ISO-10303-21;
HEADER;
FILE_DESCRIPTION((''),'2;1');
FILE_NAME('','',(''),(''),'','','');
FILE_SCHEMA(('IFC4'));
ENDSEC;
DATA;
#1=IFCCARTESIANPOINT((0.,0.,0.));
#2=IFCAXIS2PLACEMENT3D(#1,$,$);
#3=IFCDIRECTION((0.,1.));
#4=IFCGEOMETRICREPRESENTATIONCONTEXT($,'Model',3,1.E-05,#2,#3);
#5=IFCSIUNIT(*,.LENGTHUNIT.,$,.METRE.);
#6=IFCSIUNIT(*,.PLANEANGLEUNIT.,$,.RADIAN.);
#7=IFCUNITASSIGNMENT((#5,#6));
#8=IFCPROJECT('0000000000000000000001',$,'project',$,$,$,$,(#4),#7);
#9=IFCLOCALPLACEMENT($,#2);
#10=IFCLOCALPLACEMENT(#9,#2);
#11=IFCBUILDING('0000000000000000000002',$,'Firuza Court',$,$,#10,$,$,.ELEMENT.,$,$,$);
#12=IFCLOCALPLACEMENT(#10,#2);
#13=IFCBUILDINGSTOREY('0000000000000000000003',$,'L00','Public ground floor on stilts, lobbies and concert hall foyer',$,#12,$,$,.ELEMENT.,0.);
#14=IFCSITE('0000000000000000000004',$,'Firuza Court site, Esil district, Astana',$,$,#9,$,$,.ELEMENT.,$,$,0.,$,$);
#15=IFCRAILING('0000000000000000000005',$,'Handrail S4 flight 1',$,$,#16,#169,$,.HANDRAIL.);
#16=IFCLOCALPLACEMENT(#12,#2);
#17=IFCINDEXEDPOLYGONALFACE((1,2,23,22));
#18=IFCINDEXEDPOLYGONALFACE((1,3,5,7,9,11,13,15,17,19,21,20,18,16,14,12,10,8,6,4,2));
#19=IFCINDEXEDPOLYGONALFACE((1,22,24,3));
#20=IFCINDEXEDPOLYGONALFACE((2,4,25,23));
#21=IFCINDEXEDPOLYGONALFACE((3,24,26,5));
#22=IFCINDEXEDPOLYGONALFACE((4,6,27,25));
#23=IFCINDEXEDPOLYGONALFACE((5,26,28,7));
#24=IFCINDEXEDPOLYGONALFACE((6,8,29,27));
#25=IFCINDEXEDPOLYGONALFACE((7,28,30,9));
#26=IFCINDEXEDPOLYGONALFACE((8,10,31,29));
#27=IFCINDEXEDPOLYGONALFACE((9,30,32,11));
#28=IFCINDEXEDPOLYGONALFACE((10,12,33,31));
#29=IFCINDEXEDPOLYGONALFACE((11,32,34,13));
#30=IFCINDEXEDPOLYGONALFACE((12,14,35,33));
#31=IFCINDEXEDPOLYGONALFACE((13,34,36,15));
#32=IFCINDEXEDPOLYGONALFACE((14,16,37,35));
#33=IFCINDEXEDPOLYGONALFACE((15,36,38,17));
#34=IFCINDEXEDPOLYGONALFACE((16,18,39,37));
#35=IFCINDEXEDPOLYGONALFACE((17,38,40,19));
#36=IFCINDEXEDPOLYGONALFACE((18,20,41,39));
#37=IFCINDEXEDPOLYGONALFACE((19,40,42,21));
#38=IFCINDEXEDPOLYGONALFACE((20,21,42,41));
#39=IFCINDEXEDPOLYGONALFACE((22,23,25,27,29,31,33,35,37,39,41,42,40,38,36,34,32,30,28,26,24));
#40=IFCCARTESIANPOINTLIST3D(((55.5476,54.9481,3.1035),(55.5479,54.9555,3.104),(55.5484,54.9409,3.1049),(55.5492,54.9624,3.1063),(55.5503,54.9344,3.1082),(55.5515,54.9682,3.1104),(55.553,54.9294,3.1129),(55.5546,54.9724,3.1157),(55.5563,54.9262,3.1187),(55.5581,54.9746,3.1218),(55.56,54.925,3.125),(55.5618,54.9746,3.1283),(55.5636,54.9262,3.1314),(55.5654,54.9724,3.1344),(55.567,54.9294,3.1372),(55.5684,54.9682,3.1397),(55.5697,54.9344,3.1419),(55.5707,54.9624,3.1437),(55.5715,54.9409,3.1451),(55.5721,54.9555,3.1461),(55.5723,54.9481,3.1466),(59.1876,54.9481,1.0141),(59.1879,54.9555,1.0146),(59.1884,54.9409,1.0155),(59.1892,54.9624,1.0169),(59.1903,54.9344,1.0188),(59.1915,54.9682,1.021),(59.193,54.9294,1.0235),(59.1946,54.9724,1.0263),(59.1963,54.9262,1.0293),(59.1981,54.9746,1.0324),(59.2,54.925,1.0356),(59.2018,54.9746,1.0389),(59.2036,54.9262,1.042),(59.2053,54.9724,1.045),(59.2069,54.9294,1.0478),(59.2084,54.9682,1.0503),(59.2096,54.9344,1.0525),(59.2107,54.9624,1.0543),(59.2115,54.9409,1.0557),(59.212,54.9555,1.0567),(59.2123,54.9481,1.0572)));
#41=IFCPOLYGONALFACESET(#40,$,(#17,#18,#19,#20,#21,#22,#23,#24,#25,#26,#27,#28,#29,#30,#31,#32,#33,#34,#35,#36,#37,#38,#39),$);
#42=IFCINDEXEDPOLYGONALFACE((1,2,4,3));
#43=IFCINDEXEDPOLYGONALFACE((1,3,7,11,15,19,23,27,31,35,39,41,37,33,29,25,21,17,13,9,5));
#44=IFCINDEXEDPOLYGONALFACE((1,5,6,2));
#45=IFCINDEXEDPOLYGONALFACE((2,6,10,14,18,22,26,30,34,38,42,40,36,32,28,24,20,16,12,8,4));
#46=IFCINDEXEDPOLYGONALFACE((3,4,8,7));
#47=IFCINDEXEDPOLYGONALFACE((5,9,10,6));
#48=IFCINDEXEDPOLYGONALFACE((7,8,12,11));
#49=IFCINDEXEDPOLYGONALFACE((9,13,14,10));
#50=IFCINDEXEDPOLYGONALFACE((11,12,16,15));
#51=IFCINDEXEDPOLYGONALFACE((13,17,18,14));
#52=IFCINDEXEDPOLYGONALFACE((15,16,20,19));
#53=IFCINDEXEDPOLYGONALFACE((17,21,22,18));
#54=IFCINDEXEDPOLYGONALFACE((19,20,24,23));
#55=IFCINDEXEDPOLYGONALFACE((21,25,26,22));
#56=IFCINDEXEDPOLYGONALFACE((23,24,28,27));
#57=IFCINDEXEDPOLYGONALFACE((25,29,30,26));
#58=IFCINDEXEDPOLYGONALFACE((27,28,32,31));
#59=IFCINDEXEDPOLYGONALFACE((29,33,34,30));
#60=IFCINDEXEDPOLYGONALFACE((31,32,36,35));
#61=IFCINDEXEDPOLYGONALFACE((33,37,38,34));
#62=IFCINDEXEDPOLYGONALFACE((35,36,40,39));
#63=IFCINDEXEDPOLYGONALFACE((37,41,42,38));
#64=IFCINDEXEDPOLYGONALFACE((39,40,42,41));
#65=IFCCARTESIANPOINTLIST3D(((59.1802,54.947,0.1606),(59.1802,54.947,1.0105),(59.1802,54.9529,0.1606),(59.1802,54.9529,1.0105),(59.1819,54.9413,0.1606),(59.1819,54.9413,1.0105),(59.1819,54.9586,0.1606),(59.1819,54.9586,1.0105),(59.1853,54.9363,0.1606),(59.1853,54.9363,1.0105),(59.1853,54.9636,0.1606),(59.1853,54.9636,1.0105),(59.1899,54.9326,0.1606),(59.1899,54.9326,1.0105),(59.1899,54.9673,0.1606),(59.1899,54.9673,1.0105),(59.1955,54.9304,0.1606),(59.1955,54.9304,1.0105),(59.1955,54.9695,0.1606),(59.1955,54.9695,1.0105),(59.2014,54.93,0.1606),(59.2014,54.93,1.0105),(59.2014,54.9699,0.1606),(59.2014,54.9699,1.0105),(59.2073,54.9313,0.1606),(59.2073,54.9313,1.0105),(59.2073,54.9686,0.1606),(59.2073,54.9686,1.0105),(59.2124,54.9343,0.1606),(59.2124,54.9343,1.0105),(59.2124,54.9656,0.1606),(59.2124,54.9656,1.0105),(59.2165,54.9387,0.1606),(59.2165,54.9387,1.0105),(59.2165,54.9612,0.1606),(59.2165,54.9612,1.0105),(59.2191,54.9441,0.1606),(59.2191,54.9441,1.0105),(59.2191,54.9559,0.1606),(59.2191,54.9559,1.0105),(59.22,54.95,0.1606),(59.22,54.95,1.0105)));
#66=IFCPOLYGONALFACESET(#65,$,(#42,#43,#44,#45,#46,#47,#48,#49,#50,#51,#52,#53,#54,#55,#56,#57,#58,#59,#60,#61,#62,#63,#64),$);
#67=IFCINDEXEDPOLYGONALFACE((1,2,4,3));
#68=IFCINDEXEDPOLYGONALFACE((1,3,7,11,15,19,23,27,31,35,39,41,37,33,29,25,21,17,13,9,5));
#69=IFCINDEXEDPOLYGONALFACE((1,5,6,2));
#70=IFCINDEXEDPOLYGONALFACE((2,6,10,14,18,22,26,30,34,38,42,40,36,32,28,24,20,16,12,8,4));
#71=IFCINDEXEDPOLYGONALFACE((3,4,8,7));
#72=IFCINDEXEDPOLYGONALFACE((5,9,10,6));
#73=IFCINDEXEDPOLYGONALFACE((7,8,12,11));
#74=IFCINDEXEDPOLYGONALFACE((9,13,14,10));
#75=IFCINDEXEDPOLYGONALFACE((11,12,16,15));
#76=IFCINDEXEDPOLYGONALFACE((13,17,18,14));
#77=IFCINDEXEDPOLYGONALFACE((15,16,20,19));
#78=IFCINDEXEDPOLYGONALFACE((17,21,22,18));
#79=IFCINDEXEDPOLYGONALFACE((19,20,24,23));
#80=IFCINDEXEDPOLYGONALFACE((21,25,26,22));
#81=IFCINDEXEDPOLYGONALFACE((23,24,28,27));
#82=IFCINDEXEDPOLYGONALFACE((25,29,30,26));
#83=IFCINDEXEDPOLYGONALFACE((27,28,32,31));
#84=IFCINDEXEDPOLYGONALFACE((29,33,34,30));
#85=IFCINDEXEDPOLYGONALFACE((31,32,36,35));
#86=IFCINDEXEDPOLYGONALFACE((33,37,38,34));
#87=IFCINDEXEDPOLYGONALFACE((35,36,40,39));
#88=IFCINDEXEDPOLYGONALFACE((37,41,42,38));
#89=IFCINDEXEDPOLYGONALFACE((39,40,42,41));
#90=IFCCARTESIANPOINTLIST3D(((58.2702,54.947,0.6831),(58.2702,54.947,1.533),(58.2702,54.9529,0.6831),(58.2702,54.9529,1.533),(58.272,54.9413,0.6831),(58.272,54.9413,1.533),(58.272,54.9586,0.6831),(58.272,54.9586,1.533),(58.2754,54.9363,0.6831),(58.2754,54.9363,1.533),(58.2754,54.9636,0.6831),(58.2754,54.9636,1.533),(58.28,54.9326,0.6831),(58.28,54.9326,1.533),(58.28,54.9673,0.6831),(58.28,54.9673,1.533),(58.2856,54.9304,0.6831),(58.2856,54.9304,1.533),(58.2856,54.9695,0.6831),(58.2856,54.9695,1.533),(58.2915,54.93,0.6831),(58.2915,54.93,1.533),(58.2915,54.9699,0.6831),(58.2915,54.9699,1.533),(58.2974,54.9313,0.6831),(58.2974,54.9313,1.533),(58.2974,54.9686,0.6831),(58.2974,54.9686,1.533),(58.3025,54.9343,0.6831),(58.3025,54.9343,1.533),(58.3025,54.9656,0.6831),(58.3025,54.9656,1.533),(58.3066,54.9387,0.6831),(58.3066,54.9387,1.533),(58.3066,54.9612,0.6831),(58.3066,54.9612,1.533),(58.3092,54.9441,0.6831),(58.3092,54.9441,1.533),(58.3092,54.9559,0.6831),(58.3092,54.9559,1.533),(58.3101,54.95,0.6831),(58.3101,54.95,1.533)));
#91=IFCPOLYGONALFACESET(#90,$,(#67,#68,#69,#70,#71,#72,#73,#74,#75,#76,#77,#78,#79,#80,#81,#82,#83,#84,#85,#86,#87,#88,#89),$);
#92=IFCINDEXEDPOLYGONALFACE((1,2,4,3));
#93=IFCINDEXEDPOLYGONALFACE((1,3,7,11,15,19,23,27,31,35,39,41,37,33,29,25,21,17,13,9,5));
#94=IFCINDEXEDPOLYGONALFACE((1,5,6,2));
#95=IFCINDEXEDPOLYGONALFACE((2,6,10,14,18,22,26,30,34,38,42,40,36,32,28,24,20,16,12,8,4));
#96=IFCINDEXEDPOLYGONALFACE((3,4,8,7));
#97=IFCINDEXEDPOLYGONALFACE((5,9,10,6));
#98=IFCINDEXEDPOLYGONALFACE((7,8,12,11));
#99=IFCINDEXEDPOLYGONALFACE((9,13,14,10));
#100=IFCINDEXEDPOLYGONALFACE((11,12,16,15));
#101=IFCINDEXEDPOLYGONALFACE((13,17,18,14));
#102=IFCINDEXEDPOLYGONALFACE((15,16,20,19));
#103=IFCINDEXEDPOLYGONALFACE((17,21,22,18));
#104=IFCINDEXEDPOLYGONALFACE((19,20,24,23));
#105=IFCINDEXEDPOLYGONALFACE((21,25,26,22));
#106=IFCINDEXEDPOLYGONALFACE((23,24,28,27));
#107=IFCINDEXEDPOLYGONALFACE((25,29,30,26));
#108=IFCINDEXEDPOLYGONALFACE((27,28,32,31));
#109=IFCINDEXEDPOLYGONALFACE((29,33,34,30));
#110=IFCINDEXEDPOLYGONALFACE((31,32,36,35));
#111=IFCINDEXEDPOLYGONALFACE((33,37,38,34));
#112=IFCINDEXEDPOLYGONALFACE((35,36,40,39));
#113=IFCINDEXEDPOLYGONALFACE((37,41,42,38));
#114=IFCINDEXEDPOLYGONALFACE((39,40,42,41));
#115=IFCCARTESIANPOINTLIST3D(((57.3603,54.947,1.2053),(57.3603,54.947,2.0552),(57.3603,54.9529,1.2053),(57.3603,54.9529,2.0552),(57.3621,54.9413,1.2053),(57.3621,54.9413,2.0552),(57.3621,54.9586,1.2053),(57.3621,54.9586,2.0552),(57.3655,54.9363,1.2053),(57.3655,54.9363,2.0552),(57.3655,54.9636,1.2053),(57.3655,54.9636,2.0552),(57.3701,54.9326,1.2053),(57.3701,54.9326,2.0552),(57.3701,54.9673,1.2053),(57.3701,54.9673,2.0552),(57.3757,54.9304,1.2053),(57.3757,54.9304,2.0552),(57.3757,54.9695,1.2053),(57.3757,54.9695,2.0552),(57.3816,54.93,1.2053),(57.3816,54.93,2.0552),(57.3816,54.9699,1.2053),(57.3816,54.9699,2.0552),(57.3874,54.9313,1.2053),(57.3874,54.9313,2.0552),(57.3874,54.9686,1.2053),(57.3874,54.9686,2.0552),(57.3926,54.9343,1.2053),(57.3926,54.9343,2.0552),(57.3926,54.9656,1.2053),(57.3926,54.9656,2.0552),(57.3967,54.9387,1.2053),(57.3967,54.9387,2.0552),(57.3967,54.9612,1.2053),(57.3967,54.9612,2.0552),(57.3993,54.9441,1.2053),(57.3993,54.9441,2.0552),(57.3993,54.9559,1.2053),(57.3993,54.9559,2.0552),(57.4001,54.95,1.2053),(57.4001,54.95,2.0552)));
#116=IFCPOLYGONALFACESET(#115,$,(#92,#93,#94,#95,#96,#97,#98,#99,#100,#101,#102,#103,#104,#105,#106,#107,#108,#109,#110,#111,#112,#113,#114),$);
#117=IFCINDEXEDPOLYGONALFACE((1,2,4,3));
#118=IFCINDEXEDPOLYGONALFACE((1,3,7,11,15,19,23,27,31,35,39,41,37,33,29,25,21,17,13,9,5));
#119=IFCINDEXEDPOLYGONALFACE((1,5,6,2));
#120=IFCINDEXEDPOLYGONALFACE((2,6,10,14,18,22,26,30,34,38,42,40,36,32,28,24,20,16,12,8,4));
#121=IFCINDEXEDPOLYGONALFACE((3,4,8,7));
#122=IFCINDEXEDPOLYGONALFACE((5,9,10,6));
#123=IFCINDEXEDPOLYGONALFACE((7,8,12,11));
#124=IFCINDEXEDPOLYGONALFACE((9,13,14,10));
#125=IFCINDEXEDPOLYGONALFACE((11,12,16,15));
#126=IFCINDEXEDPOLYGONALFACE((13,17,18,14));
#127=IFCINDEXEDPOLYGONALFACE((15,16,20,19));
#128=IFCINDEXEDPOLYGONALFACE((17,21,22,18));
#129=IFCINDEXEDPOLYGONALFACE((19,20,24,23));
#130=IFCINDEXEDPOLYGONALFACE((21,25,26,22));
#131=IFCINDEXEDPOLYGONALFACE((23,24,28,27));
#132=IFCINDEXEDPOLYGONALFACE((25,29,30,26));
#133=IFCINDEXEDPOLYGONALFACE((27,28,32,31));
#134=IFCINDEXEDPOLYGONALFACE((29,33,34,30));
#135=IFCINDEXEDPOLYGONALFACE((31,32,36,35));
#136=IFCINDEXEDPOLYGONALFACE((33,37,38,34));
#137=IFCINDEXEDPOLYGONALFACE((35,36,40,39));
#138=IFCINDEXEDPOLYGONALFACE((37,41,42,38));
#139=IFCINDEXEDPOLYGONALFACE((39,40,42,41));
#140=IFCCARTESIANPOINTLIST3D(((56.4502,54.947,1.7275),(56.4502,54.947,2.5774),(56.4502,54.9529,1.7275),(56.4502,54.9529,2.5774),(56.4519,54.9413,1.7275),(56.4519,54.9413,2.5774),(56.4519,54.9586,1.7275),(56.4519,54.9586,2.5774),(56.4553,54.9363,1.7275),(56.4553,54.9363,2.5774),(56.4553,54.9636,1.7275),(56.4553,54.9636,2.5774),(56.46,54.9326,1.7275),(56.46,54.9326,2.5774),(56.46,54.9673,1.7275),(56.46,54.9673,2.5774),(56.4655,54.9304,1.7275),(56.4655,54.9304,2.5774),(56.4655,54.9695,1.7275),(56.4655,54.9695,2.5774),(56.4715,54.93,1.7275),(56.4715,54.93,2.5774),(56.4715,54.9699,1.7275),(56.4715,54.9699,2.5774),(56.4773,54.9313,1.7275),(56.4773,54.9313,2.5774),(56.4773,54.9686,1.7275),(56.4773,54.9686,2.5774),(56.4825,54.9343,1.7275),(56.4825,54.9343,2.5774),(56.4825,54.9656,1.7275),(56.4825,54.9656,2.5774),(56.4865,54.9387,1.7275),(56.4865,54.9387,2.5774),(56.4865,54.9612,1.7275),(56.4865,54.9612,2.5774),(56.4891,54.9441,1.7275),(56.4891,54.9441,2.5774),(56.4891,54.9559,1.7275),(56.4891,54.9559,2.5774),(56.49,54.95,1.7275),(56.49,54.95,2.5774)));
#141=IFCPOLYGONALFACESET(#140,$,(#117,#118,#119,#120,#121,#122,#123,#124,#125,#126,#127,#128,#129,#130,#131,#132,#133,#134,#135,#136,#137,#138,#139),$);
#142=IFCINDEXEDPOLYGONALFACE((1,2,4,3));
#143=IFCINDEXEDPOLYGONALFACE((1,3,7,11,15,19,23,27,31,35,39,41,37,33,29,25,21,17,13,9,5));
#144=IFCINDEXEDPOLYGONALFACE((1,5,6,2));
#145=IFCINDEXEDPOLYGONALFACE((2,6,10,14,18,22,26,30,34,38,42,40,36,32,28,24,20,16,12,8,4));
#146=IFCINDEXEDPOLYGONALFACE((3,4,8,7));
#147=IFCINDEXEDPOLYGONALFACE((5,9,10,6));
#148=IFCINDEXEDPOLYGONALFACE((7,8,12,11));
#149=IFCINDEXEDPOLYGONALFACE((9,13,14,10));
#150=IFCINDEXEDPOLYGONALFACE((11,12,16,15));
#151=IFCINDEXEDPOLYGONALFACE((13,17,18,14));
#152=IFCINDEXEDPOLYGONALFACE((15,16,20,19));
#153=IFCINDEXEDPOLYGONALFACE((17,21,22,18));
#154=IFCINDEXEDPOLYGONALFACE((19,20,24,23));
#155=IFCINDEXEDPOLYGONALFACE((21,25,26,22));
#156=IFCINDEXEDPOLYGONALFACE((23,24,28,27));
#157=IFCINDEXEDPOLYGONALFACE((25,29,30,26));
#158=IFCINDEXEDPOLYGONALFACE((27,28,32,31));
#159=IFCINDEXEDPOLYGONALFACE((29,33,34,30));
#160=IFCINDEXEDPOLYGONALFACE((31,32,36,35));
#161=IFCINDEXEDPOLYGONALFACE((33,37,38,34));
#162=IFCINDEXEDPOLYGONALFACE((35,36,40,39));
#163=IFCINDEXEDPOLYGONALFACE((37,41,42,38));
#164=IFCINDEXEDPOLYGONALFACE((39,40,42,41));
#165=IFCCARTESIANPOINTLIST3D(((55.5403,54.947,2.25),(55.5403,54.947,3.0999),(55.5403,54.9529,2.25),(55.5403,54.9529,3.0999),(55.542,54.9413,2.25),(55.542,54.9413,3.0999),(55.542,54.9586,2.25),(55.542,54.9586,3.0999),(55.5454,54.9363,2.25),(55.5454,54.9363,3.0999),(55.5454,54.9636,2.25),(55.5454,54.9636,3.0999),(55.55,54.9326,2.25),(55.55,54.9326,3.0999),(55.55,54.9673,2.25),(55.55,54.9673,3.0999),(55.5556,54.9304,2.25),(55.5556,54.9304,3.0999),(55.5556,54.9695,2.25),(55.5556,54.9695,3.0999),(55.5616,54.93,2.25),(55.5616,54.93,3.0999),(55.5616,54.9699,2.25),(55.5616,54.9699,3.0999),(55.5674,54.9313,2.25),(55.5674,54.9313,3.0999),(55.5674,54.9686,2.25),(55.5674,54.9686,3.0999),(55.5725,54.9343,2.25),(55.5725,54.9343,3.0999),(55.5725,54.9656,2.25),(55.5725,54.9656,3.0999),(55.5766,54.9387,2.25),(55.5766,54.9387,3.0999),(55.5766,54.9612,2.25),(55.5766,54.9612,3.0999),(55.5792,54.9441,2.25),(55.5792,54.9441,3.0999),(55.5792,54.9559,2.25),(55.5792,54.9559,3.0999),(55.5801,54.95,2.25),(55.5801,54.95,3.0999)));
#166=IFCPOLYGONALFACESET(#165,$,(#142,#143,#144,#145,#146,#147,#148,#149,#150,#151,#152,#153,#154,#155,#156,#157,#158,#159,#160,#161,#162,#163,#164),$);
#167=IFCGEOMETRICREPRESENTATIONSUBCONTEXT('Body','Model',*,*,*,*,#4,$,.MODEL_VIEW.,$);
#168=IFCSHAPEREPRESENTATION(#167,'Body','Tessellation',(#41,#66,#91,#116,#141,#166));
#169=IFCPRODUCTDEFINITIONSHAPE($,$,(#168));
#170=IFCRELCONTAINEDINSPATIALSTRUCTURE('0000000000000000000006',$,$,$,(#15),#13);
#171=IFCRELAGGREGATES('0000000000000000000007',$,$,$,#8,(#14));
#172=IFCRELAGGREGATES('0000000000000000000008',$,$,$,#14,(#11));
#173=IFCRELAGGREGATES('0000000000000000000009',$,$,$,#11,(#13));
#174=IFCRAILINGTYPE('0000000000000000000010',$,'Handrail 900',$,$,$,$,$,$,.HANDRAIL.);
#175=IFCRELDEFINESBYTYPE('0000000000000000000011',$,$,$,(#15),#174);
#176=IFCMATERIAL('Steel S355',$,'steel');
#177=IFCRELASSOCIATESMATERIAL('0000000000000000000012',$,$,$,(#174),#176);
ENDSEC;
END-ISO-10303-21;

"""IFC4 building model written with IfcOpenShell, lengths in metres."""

from ifc_helpers import new_model, si_unit, direction, frame, origin, origin_2d, place, context, subcontext, project, spatial, circle, extrude, material, type_object, element, save


model = new_model("IFC4")

# Units and contexts
model_context = context("Model", 3, precision=1e-05, world=origin(), true_north=direction((0.0, 1.0)))
body_context = subcontext(model_context, "Body", "Model", "MODEL_VIEW")
ifc_project = project(units=[si_unit("LENGTHUNIT", "METRE"), si_unit("PLANEANGLEUNIT", "RADIAN")], contexts=[model_context])

# Site, building, storey
site_placement = place(None, origin())
site = spatial("IfcSite", under=ifc_project, at=site_placement, Name="Firuza Court site, Esil district, Astana", CompositionType="ELEMENT", RefElevation=0.0)
building_placement = place(site_placement, origin())
building = spatial("IfcBuilding", under=site, at=building_placement, Name="Firuza Court", CompositionType="ELEMENT")
storey_placement = place(building_placement, origin())
storey = spatial("IfcBuildingStorey", under=building, at=storey_placement, Name="L00", Description="Public ground floor on stilts, lobbies and concert hall foyer", CompositionType="ELEMENT", Elevation=0.0)

# Railing
ifc_material_1 = material(Name="Steel S355", Category="steel")
railing_type_1 = type_object("IfcRailingType", Name="Handrail 900", PredefinedType="HANDRAIL", material=ifc_material_1)
railing_1_placement = place(storey_placement, frame((59.2, 54.95, 0.1606)))
element("IfcRailing", 1, at=railing_1_placement, inside=storey, type_object=railing_type_1, Name="Handrail S4 flight 1", PredefinedType="HANDRAIL", context=body_context, shape_type="SweptSolid", body=[
    extrude(circle(Radius=0.0249, at=origin_2d()), frame((0.0, 0.0, 0.875), z_axis=(-0.867275, 0.0, 0.497829), x_axis=(0.0, -1.0, 0.0)), (0.0, 0.0, 1.0), 4.197),
    extrude(circle(Radius=0.02, at=origin_2d()), origin(), (0.0, 0.0, 1.0), 0.8499),
    extrude(circle(Radius=0.02, at=origin_2d()), frame((-0.9099, 0.0, 0.5225)), (0.0, 0.0, 1.0), 0.8499),
    extrude(circle(Radius=0.02, at=origin_2d()), frame((-1.8198, 0.0, 1.0447)), (0.0, 0.0, 1.0), 0.8499),
    extrude(circle(Radius=0.02, at=origin_2d()), frame((-2.73, 0.0, 1.5669)), (0.0, 0.0, 1.0), 0.8499),
    extrude(circle(Radius=0.02, at=origin_2d()), frame((-3.6399, 0.0, 2.0894)), (0.0, 0.0, 1.0), 0.8499),
])

save(model, "model.ifc")
